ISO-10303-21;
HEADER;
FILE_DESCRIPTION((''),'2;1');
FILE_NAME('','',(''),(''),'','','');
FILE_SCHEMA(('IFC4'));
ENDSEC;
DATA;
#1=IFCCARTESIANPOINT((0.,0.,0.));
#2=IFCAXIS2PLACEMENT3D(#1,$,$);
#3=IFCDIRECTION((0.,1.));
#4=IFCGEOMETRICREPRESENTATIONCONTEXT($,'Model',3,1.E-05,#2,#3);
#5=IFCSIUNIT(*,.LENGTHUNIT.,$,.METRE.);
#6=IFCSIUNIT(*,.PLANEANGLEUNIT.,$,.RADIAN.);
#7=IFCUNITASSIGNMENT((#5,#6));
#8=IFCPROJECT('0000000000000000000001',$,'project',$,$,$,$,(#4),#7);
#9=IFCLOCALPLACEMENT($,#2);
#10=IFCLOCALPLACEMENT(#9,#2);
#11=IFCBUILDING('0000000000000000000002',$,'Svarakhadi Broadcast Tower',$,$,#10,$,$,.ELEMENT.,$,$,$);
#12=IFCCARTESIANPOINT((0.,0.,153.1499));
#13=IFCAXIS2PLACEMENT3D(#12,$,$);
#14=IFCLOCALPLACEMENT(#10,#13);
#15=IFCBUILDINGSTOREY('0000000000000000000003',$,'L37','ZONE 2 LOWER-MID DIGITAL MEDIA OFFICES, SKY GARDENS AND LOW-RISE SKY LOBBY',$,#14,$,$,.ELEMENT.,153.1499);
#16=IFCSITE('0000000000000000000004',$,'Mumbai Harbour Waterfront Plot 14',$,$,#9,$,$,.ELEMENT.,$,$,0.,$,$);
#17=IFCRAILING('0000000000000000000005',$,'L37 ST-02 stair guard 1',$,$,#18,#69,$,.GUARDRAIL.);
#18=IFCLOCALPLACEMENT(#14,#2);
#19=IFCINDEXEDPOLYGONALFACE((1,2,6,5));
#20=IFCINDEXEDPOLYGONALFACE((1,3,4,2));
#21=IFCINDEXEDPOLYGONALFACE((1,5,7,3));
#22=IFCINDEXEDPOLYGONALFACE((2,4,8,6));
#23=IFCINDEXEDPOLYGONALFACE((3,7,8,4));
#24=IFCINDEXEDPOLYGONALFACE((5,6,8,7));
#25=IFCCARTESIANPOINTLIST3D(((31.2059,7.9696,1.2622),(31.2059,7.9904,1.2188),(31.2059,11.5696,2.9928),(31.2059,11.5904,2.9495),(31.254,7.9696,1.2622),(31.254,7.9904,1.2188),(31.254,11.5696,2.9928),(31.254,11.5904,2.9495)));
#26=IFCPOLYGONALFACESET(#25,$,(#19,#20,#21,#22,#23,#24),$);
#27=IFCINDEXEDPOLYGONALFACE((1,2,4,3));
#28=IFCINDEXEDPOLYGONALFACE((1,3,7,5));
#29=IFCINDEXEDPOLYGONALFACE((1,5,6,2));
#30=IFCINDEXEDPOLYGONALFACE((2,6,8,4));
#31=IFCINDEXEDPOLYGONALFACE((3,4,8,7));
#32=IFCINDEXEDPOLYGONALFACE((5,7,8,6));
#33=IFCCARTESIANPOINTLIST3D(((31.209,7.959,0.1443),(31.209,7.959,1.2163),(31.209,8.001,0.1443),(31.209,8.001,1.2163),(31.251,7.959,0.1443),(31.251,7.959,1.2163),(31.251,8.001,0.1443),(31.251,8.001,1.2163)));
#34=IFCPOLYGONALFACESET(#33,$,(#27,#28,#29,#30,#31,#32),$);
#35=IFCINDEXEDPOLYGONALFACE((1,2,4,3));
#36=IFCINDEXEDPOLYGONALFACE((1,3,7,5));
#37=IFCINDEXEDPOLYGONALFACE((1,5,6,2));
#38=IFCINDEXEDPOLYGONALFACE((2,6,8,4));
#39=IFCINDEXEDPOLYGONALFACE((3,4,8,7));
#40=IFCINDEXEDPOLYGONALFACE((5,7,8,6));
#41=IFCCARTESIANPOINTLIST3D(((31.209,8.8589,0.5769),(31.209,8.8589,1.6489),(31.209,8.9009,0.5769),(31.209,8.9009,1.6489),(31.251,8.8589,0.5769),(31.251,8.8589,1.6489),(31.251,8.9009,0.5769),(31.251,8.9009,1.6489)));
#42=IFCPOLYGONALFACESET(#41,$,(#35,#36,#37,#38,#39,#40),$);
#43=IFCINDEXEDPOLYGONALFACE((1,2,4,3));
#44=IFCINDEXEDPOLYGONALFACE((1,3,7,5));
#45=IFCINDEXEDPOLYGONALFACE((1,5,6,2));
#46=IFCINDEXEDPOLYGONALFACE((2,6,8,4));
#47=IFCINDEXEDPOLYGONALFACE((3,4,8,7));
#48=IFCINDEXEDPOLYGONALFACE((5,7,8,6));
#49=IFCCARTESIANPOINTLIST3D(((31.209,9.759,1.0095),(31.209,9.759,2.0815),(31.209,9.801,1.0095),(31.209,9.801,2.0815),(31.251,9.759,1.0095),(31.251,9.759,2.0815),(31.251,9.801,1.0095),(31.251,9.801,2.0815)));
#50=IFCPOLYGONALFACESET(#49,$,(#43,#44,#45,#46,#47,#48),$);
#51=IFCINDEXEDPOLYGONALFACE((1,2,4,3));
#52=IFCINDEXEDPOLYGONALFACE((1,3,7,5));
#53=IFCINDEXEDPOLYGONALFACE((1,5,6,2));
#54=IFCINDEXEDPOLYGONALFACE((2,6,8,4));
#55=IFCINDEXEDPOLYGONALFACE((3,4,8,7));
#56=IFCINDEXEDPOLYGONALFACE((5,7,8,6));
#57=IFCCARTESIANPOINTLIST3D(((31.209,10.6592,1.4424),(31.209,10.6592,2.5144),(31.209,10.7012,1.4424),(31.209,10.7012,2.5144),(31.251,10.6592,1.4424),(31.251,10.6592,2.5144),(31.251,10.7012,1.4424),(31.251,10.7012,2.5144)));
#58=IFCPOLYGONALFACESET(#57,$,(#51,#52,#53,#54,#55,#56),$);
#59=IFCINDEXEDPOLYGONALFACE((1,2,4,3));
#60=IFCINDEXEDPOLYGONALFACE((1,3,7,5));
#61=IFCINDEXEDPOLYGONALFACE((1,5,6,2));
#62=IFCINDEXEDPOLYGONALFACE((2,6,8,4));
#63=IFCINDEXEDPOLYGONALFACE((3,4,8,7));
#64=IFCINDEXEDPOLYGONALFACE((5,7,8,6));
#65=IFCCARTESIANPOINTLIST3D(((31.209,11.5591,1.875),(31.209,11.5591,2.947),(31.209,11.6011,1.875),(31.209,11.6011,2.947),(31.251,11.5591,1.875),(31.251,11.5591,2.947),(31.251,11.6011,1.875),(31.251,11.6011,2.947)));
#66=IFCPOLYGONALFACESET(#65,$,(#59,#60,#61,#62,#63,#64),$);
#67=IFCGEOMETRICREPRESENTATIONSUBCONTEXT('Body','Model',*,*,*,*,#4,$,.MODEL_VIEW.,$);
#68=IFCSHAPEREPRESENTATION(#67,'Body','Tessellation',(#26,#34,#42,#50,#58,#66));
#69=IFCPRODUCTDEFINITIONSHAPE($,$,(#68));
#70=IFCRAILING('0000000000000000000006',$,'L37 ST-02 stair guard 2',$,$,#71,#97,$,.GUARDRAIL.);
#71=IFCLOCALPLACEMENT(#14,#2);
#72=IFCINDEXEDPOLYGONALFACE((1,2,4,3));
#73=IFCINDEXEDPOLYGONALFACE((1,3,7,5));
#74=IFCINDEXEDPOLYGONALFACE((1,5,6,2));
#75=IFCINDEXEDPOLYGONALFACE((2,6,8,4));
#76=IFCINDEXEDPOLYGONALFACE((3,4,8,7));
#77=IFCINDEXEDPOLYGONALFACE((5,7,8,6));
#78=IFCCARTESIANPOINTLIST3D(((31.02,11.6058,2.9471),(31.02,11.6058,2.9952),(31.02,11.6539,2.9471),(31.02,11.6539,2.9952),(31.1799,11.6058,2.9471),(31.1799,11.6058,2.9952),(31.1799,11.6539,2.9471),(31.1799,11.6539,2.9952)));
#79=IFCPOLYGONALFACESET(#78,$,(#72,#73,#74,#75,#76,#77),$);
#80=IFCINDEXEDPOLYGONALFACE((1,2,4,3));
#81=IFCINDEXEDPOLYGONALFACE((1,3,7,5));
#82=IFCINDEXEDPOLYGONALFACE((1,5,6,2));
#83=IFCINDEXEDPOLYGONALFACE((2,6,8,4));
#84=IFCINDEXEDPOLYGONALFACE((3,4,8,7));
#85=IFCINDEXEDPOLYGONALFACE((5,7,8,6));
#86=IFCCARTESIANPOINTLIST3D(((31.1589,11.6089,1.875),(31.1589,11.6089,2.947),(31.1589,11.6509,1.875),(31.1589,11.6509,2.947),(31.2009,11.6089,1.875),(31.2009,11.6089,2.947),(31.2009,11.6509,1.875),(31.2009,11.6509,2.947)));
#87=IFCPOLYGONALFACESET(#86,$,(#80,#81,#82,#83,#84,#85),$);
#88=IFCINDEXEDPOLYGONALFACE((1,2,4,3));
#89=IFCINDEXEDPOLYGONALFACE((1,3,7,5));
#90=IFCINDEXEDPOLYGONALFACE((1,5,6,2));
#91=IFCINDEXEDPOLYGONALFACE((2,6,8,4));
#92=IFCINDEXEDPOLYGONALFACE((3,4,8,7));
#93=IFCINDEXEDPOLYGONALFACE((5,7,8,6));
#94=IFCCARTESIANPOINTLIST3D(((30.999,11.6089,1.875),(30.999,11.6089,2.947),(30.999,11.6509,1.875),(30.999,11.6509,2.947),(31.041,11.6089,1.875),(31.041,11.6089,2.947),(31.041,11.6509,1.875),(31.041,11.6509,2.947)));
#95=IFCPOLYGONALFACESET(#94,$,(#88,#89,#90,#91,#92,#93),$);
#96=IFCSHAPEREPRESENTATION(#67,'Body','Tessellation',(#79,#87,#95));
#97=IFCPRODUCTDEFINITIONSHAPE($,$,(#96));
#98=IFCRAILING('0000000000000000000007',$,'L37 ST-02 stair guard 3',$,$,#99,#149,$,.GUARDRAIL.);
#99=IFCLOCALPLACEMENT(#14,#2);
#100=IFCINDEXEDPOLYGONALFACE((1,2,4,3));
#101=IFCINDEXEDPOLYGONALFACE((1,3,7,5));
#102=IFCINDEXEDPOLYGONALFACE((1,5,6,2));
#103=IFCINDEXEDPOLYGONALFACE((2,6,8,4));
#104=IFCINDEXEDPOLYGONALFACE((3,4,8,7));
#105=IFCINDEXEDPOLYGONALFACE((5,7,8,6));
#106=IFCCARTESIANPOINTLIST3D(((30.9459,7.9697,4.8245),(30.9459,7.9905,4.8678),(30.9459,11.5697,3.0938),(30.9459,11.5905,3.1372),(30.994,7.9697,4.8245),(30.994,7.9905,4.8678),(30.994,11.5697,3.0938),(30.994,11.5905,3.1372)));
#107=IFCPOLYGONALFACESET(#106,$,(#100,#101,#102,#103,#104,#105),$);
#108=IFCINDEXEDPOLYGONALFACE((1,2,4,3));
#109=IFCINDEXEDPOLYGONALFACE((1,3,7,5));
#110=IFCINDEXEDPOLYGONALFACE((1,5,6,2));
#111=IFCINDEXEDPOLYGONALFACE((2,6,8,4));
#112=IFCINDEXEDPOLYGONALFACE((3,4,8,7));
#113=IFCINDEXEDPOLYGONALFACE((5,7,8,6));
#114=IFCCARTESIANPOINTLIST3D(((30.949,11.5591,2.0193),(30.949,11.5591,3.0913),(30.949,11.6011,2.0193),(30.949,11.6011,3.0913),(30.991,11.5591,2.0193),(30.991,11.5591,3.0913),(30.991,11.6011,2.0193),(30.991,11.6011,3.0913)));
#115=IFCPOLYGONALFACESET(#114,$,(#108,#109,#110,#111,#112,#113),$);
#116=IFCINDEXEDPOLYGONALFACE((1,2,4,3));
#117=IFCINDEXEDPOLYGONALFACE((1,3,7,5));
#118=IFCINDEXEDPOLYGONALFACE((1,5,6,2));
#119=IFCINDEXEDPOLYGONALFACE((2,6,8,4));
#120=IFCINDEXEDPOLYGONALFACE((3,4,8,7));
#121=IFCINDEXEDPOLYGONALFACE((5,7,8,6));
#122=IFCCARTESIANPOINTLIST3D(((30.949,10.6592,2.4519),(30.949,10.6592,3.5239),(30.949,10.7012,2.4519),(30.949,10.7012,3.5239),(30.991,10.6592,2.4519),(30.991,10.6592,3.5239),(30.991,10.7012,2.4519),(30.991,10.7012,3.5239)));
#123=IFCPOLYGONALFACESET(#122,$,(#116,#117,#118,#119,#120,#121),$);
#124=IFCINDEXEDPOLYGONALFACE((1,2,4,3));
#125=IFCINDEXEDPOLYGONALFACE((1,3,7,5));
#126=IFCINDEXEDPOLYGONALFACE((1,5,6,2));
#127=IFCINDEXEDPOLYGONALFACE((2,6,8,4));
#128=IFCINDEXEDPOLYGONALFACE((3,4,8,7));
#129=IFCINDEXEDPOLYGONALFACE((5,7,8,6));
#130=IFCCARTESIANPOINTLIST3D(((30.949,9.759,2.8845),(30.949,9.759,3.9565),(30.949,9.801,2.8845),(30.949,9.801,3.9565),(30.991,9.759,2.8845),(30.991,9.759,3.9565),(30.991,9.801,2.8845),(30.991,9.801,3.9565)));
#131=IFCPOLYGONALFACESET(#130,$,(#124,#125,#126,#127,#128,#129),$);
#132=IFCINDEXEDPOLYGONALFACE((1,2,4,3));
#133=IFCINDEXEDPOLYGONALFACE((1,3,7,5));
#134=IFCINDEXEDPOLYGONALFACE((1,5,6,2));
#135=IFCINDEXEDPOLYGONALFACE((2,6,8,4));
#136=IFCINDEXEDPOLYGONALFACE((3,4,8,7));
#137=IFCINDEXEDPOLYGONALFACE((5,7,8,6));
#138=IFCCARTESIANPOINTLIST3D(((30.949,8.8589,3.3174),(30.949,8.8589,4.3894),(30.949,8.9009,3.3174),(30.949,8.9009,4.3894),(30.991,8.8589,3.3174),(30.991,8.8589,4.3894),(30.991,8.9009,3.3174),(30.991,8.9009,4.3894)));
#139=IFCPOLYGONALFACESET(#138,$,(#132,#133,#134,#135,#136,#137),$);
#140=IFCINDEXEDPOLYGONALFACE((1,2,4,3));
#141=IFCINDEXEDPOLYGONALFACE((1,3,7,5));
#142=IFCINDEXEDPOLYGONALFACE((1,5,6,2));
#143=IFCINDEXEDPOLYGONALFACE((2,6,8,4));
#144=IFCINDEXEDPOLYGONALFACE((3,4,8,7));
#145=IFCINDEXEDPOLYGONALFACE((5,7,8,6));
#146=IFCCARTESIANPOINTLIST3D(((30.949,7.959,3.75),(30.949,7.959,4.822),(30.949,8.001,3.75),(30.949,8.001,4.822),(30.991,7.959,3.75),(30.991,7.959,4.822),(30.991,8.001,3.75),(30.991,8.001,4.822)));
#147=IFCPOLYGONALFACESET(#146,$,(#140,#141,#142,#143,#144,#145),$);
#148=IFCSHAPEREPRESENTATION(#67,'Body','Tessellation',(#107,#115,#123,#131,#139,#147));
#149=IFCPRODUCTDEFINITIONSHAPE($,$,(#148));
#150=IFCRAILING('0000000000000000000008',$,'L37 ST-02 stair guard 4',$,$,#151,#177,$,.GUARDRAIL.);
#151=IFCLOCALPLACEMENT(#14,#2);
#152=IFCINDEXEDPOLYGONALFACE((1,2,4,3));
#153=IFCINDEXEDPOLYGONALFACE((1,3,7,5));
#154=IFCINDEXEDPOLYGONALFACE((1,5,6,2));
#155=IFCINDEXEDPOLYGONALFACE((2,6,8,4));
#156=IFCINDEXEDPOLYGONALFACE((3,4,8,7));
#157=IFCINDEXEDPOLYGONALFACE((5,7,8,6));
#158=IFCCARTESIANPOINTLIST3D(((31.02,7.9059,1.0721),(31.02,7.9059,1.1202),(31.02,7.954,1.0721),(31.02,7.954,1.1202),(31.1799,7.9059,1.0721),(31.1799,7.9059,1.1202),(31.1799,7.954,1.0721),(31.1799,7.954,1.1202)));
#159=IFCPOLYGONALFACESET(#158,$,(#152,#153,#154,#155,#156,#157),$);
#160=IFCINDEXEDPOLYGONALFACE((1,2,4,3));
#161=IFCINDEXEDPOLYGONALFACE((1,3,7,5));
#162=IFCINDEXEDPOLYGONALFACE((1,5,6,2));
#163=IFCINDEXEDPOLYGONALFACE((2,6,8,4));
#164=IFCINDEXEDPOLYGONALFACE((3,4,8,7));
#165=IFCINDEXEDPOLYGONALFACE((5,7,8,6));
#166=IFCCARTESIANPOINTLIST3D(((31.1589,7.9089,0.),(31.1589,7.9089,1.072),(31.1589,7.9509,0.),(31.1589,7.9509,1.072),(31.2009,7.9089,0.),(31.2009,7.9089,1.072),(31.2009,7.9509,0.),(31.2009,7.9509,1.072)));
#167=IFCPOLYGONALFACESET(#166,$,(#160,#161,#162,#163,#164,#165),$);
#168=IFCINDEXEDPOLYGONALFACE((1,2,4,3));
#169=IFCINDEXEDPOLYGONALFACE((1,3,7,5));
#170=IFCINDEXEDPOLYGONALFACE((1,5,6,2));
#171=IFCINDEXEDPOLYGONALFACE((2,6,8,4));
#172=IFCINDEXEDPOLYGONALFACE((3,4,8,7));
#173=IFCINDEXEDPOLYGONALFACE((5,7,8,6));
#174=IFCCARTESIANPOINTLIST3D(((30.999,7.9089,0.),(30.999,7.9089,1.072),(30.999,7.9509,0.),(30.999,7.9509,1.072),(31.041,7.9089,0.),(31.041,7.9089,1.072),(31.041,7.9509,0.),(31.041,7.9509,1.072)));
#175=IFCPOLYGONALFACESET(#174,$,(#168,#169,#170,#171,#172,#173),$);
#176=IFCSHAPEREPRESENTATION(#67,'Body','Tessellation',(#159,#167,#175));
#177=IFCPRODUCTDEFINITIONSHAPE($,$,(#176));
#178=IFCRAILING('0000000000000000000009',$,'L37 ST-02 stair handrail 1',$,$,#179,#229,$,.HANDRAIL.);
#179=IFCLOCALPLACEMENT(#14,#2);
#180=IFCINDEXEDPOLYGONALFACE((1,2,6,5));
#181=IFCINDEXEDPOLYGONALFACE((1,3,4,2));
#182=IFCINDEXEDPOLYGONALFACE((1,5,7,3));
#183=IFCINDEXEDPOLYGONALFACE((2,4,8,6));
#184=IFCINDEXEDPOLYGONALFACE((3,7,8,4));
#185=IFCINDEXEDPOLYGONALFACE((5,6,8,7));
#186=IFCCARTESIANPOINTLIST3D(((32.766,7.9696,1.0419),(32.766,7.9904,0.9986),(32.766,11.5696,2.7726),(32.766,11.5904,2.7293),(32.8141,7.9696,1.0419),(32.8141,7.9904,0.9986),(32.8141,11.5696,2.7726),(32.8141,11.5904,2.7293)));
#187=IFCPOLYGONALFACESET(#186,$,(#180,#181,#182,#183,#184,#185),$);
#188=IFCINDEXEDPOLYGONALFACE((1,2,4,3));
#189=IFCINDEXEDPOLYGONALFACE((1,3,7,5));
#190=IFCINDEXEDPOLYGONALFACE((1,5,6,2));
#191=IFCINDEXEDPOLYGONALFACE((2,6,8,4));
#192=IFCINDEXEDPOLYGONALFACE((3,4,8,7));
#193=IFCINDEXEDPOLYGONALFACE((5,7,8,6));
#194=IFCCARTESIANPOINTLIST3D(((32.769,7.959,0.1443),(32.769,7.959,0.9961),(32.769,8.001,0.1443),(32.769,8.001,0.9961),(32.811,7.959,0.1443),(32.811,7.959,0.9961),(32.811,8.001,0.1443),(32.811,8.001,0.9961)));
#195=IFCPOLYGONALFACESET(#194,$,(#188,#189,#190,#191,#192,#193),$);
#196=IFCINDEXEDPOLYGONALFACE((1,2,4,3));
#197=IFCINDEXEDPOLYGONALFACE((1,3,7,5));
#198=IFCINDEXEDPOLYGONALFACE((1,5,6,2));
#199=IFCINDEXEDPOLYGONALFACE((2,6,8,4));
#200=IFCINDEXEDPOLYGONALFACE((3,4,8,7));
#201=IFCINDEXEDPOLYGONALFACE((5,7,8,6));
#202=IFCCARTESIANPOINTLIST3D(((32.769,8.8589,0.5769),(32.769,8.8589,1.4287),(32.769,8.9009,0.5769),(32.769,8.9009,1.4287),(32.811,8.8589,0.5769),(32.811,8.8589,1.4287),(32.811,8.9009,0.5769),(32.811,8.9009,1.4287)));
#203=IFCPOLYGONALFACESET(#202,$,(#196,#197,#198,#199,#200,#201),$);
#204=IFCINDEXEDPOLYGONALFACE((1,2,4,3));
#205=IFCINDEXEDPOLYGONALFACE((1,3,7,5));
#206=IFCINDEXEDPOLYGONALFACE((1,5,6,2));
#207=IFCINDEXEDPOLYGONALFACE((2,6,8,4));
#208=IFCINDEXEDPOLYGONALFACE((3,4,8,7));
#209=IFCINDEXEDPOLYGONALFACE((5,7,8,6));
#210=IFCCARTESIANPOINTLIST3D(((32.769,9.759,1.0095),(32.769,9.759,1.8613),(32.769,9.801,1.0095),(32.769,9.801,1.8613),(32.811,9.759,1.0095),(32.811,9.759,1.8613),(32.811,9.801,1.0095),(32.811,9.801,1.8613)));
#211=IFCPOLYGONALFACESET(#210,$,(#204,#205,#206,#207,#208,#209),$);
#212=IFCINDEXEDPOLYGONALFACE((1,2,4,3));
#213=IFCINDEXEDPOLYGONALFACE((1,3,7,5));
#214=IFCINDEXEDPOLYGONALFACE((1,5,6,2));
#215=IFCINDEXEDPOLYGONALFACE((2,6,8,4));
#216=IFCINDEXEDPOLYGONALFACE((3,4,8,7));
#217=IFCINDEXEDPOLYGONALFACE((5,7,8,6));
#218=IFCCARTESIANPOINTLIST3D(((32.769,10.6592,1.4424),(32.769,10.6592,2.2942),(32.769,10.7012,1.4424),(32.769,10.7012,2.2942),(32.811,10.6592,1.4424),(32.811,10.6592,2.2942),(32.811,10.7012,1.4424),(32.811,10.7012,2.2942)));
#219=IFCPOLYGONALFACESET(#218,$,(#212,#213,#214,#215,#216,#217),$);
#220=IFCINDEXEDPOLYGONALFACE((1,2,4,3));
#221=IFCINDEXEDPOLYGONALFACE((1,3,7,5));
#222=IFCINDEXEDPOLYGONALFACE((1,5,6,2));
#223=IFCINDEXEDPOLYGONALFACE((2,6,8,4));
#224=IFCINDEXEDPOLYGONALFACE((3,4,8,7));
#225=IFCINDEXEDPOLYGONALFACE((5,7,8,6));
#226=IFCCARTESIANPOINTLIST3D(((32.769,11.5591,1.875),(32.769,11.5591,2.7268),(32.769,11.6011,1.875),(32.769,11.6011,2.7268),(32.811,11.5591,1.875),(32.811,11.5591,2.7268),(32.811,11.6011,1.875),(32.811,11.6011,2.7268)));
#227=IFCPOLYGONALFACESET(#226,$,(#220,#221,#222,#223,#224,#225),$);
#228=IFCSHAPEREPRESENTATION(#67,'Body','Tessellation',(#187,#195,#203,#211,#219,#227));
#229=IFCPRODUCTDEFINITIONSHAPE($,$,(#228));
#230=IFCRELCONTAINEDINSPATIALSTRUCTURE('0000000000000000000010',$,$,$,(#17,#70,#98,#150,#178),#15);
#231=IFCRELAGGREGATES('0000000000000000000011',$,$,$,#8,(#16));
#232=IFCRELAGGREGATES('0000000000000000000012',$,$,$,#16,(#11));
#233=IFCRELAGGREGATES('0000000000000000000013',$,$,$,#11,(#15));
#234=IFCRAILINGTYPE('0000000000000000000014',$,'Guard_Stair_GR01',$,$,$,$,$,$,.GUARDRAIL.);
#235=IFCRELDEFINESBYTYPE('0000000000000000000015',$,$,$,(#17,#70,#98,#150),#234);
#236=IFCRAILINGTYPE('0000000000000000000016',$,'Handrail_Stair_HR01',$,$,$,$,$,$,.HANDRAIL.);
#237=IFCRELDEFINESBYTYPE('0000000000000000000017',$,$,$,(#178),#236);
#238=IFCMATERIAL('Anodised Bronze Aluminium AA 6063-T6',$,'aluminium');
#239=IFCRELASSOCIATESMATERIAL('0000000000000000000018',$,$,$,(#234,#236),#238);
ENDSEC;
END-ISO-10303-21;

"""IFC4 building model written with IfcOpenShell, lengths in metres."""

from ifc_helpers import new_model, si_unit, direction, frame, origin, origin_2d, place, context, subcontext, project, spatial, rectangle, extrude, material, type_object, element, save


model = new_model("IFC4")

# Units and contexts
model_context = context("Model", 3, precision=1e-05, world=origin(), true_north=direction((0.0, 1.0)))
body_context = subcontext(model_context, "Body", "Model", "MODEL_VIEW")
ifc_project = project(units=[si_unit("LENGTHUNIT", "METRE"), si_unit("PLANEANGLEUNIT", "RADIAN")], contexts=[model_context])

# Site, building, storey
site_placement = place(None, origin())
site = spatial("IfcSite", under=ifc_project, at=site_placement, Name="Mumbai Harbour Waterfront Plot 14", CompositionType="ELEMENT", RefElevation=0.0)
building_placement = place(site_placement, origin())
building = spatial("IfcBuilding", under=site, at=building_placement, Name="Svarakhadi Broadcast Tower", CompositionType="ELEMENT")
storey_placement = place(building_placement, frame((0.0, 0.0, 153.1499)))
storey = spatial("IfcBuildingStorey", under=building, at=storey_placement, Name="L37", Description="ZONE 2 LOWER-MID DIGITAL MEDIA OFFICES, SKY GARDENS AND LOW-RISE SKY LOBBY", CompositionType="ELEMENT", Elevation=153.1499)

# Shared definitions
ifc_material_1 = material(Name="Anodised Bronze Aluminium AA 6063-T6", Category="aluminium")

# Railings
railing_type_1 = type_object("IfcRailingType", Name="Guard_Stair_GR01", PredefinedType="GUARDRAIL", material=ifc_material_1)
railing_1_placement = place(storey_placement, frame((31.23, 7.98, 0.1443)))
element("IfcRailing", 1, at=railing_1_placement, inside=storey, type_object=railing_type_1, Name="L37 ST-02 stair guard 1", PredefinedType="GUARDRAIL", context=body_context, shape_type="SweptSolid", body=[
    extrude(rectangle(XDim=0.0481, YDim=0.0481, at=origin_2d()), frame((0.0, 0.0, 1.0962), z_axis=(0.0, 0.901263, 0.433273), x_axis=(-1.0, 0.0, 0.0)), (0.0, 0.0, 1.0), 3.9944),
    extrude(rectangle(XDim=0.042, YDim=0.042, at=origin_2d()), origin(), (0.0, 0.0, 1.0), 1.072),
    extrude(rectangle(XDim=0.042, YDim=0.042, at=origin_2d()), frame((0.0, 0.8999, 0.4326)), (0.0, 0.0, 1.0), 1.072),
    extrude(rectangle(XDim=0.042, YDim=0.042, at=origin_2d()), frame((0.0, 1.8, 0.8652)), (0.0, 0.0, 1.0), 1.072),
    extrude(rectangle(XDim=0.042, YDim=0.042, at=origin_2d()), frame((0.0, 2.7002, 1.2981)), (0.0, 0.0, 1.0), 1.072),
    extrude(rectangle(XDim=0.042, YDim=0.042, at=origin_2d()), frame((0.0, 3.6001, 1.7307)), (0.0, 0.0, 1.0), 1.072),
])
railing_2_placement = place(storey_placement, frame((31.1799, 11.6299, 1.875)))
element("IfcRailing", 2, at=railing_2_placement, inside=storey, type_object=railing_type_1, Name="L37 ST-02 stair guard 2", PredefinedType="GUARDRAIL", context=body_context, shape_type="SweptSolid", body=[
    extrude(rectangle(XDim=0.0481, YDim=0.0481, at=origin_2d()), frame((0.0, 0.0, 1.0962), z_axis=(-1.0, 0.0, 0.0), x_axis=(0.0, -1.0, 0.0)), (0.0, 0.0, 1.0), 0.1599),
    extrude(rectangle(XDim=0.042, YDim=0.042, at=origin_2d()), origin(), (0.0, 0.0, 1.0), 1.072),
    extrude(rectangle(XDim=0.042, YDim=0.042, at=origin_2d()), frame((-0.1599, 0.0, 0.0)), (0.0, 0.0, 1.0), 1.072),
])
railing_3_placement = place(storey_placement, frame((30.97, 11.5801, 2.0193)))
element("IfcRailing", 3, at=railing_3_placement, inside=storey, type_object=railing_type_1, Name="L37 ST-02 stair guard 3", PredefinedType="GUARDRAIL", context=body_context, shape_type="SweptSolid", body=[
    extrude(rectangle(XDim=0.0481, YDim=0.0481, at=origin_2d()), frame((0.0, 0.0, 1.0962), z_axis=(0.0, -0.901263, 0.433273), x_axis=(1.0, 0.0, 0.0)), (0.0, 0.0, 1.0), 3.9944),
    extrude(rectangle(XDim=0.042, YDim=0.042, at=origin_2d()), origin(), (0.0, 0.0, 1.0), 1.072),
    extrude(rectangle(XDim=0.042, YDim=0.042, at=origin_2d()), frame((0.0, -0.8999, 0.4326)), (0.0, 0.0, 1.0), 1.072),
    extrude(rectangle(XDim=0.042, YDim=0.042, at=origin_2d()), frame((0.0, -1.8, 0.8652)), (0.0, 0.0, 1.0), 1.072),
    extrude(rectangle(XDim=0.042, YDim=0.042, at=origin_2d()), frame((0.0, -2.7002, 1.2981)), (0.0, 0.0, 1.0), 1.072),
    extrude(rectangle(XDim=0.042, YDim=0.042, at=origin_2d()), frame((0.0, -3.6001, 1.7307)), (0.0, 0.0, 1.0), 1.072),
])
railing_4_placement = place(storey_placement, frame((31.1799, 7.9299, 0.0)))
element("IfcRailing", 4, at=railing_4_placement, inside=storey, type_object=railing_type_1, Name="L37 ST-02 stair guard 4", PredefinedType="GUARDRAIL", context=body_context, shape_type="SweptSolid", body=[
    extrude(rectangle(XDim=0.0481, YDim=0.0481, at=origin_2d()), frame((0.0, 0.0, 1.0962), z_axis=(-1.0, 0.0, 0.0), x_axis=(0.0, -1.0, 0.0)), (0.0, 0.0, 1.0), 0.1599),
    extrude(rectangle(XDim=0.042, YDim=0.042, at=origin_2d()), origin(), (0.0, 0.0, 1.0), 1.072),
    extrude(rectangle(XDim=0.042, YDim=0.042, at=origin_2d()), frame((-0.1599, 0.0, 0.0)), (0.0, 0.0, 1.0), 1.072),
])
railing_type_2 = type_object("IfcRailingType", Name="Handrail_Stair_HR01", PredefinedType="HANDRAIL", material=ifc_material_1)
railing_5_placement = place(storey_placement, frame((32.79, 7.98, 0.1443)))
element("IfcRailing", 5, at=railing_5_placement, inside=storey, type_object=railing_type_2, Name="L37 ST-02 stair handrail 1", PredefinedType="HANDRAIL", context=body_context, shape_type="SweptSolid", body=[
    extrude(rectangle(XDim=0.0481, YDim=0.0481, at=origin_2d()), frame((0.0, 0.0, 0.876), z_axis=(0.0, 0.901263, 0.433273), x_axis=(-1.0, 0.0, 0.0)), (0.0, 0.0, 1.0), 3.9944),
    extrude(rectangle(XDim=0.042, YDim=0.042, at=origin_2d()), origin(), (0.0, 0.0, 1.0), 0.8518),
    extrude(rectangle(XDim=0.042, YDim=0.042, at=origin_2d()), frame((0.0, 0.8999, 0.4326)), (0.0, 0.0, 1.0), 0.8518),
    extrude(rectangle(XDim=0.042, YDim=0.042, at=origin_2d()), frame((0.0, 1.8, 0.8652)), (0.0, 0.0, 1.0), 0.8518),
    extrude(rectangle(XDim=0.042, YDim=0.042, at=origin_2d()), frame((0.0, 2.7002, 1.2981)), (0.0, 0.0, 1.0), 0.8518),
    extrude(rectangle(XDim=0.042, YDim=0.042, at=origin_2d()), frame((0.0, 3.6001, 1.7307)), (0.0, 0.0, 1.0), 0.8518),
])

save(model, "model.ifc")
